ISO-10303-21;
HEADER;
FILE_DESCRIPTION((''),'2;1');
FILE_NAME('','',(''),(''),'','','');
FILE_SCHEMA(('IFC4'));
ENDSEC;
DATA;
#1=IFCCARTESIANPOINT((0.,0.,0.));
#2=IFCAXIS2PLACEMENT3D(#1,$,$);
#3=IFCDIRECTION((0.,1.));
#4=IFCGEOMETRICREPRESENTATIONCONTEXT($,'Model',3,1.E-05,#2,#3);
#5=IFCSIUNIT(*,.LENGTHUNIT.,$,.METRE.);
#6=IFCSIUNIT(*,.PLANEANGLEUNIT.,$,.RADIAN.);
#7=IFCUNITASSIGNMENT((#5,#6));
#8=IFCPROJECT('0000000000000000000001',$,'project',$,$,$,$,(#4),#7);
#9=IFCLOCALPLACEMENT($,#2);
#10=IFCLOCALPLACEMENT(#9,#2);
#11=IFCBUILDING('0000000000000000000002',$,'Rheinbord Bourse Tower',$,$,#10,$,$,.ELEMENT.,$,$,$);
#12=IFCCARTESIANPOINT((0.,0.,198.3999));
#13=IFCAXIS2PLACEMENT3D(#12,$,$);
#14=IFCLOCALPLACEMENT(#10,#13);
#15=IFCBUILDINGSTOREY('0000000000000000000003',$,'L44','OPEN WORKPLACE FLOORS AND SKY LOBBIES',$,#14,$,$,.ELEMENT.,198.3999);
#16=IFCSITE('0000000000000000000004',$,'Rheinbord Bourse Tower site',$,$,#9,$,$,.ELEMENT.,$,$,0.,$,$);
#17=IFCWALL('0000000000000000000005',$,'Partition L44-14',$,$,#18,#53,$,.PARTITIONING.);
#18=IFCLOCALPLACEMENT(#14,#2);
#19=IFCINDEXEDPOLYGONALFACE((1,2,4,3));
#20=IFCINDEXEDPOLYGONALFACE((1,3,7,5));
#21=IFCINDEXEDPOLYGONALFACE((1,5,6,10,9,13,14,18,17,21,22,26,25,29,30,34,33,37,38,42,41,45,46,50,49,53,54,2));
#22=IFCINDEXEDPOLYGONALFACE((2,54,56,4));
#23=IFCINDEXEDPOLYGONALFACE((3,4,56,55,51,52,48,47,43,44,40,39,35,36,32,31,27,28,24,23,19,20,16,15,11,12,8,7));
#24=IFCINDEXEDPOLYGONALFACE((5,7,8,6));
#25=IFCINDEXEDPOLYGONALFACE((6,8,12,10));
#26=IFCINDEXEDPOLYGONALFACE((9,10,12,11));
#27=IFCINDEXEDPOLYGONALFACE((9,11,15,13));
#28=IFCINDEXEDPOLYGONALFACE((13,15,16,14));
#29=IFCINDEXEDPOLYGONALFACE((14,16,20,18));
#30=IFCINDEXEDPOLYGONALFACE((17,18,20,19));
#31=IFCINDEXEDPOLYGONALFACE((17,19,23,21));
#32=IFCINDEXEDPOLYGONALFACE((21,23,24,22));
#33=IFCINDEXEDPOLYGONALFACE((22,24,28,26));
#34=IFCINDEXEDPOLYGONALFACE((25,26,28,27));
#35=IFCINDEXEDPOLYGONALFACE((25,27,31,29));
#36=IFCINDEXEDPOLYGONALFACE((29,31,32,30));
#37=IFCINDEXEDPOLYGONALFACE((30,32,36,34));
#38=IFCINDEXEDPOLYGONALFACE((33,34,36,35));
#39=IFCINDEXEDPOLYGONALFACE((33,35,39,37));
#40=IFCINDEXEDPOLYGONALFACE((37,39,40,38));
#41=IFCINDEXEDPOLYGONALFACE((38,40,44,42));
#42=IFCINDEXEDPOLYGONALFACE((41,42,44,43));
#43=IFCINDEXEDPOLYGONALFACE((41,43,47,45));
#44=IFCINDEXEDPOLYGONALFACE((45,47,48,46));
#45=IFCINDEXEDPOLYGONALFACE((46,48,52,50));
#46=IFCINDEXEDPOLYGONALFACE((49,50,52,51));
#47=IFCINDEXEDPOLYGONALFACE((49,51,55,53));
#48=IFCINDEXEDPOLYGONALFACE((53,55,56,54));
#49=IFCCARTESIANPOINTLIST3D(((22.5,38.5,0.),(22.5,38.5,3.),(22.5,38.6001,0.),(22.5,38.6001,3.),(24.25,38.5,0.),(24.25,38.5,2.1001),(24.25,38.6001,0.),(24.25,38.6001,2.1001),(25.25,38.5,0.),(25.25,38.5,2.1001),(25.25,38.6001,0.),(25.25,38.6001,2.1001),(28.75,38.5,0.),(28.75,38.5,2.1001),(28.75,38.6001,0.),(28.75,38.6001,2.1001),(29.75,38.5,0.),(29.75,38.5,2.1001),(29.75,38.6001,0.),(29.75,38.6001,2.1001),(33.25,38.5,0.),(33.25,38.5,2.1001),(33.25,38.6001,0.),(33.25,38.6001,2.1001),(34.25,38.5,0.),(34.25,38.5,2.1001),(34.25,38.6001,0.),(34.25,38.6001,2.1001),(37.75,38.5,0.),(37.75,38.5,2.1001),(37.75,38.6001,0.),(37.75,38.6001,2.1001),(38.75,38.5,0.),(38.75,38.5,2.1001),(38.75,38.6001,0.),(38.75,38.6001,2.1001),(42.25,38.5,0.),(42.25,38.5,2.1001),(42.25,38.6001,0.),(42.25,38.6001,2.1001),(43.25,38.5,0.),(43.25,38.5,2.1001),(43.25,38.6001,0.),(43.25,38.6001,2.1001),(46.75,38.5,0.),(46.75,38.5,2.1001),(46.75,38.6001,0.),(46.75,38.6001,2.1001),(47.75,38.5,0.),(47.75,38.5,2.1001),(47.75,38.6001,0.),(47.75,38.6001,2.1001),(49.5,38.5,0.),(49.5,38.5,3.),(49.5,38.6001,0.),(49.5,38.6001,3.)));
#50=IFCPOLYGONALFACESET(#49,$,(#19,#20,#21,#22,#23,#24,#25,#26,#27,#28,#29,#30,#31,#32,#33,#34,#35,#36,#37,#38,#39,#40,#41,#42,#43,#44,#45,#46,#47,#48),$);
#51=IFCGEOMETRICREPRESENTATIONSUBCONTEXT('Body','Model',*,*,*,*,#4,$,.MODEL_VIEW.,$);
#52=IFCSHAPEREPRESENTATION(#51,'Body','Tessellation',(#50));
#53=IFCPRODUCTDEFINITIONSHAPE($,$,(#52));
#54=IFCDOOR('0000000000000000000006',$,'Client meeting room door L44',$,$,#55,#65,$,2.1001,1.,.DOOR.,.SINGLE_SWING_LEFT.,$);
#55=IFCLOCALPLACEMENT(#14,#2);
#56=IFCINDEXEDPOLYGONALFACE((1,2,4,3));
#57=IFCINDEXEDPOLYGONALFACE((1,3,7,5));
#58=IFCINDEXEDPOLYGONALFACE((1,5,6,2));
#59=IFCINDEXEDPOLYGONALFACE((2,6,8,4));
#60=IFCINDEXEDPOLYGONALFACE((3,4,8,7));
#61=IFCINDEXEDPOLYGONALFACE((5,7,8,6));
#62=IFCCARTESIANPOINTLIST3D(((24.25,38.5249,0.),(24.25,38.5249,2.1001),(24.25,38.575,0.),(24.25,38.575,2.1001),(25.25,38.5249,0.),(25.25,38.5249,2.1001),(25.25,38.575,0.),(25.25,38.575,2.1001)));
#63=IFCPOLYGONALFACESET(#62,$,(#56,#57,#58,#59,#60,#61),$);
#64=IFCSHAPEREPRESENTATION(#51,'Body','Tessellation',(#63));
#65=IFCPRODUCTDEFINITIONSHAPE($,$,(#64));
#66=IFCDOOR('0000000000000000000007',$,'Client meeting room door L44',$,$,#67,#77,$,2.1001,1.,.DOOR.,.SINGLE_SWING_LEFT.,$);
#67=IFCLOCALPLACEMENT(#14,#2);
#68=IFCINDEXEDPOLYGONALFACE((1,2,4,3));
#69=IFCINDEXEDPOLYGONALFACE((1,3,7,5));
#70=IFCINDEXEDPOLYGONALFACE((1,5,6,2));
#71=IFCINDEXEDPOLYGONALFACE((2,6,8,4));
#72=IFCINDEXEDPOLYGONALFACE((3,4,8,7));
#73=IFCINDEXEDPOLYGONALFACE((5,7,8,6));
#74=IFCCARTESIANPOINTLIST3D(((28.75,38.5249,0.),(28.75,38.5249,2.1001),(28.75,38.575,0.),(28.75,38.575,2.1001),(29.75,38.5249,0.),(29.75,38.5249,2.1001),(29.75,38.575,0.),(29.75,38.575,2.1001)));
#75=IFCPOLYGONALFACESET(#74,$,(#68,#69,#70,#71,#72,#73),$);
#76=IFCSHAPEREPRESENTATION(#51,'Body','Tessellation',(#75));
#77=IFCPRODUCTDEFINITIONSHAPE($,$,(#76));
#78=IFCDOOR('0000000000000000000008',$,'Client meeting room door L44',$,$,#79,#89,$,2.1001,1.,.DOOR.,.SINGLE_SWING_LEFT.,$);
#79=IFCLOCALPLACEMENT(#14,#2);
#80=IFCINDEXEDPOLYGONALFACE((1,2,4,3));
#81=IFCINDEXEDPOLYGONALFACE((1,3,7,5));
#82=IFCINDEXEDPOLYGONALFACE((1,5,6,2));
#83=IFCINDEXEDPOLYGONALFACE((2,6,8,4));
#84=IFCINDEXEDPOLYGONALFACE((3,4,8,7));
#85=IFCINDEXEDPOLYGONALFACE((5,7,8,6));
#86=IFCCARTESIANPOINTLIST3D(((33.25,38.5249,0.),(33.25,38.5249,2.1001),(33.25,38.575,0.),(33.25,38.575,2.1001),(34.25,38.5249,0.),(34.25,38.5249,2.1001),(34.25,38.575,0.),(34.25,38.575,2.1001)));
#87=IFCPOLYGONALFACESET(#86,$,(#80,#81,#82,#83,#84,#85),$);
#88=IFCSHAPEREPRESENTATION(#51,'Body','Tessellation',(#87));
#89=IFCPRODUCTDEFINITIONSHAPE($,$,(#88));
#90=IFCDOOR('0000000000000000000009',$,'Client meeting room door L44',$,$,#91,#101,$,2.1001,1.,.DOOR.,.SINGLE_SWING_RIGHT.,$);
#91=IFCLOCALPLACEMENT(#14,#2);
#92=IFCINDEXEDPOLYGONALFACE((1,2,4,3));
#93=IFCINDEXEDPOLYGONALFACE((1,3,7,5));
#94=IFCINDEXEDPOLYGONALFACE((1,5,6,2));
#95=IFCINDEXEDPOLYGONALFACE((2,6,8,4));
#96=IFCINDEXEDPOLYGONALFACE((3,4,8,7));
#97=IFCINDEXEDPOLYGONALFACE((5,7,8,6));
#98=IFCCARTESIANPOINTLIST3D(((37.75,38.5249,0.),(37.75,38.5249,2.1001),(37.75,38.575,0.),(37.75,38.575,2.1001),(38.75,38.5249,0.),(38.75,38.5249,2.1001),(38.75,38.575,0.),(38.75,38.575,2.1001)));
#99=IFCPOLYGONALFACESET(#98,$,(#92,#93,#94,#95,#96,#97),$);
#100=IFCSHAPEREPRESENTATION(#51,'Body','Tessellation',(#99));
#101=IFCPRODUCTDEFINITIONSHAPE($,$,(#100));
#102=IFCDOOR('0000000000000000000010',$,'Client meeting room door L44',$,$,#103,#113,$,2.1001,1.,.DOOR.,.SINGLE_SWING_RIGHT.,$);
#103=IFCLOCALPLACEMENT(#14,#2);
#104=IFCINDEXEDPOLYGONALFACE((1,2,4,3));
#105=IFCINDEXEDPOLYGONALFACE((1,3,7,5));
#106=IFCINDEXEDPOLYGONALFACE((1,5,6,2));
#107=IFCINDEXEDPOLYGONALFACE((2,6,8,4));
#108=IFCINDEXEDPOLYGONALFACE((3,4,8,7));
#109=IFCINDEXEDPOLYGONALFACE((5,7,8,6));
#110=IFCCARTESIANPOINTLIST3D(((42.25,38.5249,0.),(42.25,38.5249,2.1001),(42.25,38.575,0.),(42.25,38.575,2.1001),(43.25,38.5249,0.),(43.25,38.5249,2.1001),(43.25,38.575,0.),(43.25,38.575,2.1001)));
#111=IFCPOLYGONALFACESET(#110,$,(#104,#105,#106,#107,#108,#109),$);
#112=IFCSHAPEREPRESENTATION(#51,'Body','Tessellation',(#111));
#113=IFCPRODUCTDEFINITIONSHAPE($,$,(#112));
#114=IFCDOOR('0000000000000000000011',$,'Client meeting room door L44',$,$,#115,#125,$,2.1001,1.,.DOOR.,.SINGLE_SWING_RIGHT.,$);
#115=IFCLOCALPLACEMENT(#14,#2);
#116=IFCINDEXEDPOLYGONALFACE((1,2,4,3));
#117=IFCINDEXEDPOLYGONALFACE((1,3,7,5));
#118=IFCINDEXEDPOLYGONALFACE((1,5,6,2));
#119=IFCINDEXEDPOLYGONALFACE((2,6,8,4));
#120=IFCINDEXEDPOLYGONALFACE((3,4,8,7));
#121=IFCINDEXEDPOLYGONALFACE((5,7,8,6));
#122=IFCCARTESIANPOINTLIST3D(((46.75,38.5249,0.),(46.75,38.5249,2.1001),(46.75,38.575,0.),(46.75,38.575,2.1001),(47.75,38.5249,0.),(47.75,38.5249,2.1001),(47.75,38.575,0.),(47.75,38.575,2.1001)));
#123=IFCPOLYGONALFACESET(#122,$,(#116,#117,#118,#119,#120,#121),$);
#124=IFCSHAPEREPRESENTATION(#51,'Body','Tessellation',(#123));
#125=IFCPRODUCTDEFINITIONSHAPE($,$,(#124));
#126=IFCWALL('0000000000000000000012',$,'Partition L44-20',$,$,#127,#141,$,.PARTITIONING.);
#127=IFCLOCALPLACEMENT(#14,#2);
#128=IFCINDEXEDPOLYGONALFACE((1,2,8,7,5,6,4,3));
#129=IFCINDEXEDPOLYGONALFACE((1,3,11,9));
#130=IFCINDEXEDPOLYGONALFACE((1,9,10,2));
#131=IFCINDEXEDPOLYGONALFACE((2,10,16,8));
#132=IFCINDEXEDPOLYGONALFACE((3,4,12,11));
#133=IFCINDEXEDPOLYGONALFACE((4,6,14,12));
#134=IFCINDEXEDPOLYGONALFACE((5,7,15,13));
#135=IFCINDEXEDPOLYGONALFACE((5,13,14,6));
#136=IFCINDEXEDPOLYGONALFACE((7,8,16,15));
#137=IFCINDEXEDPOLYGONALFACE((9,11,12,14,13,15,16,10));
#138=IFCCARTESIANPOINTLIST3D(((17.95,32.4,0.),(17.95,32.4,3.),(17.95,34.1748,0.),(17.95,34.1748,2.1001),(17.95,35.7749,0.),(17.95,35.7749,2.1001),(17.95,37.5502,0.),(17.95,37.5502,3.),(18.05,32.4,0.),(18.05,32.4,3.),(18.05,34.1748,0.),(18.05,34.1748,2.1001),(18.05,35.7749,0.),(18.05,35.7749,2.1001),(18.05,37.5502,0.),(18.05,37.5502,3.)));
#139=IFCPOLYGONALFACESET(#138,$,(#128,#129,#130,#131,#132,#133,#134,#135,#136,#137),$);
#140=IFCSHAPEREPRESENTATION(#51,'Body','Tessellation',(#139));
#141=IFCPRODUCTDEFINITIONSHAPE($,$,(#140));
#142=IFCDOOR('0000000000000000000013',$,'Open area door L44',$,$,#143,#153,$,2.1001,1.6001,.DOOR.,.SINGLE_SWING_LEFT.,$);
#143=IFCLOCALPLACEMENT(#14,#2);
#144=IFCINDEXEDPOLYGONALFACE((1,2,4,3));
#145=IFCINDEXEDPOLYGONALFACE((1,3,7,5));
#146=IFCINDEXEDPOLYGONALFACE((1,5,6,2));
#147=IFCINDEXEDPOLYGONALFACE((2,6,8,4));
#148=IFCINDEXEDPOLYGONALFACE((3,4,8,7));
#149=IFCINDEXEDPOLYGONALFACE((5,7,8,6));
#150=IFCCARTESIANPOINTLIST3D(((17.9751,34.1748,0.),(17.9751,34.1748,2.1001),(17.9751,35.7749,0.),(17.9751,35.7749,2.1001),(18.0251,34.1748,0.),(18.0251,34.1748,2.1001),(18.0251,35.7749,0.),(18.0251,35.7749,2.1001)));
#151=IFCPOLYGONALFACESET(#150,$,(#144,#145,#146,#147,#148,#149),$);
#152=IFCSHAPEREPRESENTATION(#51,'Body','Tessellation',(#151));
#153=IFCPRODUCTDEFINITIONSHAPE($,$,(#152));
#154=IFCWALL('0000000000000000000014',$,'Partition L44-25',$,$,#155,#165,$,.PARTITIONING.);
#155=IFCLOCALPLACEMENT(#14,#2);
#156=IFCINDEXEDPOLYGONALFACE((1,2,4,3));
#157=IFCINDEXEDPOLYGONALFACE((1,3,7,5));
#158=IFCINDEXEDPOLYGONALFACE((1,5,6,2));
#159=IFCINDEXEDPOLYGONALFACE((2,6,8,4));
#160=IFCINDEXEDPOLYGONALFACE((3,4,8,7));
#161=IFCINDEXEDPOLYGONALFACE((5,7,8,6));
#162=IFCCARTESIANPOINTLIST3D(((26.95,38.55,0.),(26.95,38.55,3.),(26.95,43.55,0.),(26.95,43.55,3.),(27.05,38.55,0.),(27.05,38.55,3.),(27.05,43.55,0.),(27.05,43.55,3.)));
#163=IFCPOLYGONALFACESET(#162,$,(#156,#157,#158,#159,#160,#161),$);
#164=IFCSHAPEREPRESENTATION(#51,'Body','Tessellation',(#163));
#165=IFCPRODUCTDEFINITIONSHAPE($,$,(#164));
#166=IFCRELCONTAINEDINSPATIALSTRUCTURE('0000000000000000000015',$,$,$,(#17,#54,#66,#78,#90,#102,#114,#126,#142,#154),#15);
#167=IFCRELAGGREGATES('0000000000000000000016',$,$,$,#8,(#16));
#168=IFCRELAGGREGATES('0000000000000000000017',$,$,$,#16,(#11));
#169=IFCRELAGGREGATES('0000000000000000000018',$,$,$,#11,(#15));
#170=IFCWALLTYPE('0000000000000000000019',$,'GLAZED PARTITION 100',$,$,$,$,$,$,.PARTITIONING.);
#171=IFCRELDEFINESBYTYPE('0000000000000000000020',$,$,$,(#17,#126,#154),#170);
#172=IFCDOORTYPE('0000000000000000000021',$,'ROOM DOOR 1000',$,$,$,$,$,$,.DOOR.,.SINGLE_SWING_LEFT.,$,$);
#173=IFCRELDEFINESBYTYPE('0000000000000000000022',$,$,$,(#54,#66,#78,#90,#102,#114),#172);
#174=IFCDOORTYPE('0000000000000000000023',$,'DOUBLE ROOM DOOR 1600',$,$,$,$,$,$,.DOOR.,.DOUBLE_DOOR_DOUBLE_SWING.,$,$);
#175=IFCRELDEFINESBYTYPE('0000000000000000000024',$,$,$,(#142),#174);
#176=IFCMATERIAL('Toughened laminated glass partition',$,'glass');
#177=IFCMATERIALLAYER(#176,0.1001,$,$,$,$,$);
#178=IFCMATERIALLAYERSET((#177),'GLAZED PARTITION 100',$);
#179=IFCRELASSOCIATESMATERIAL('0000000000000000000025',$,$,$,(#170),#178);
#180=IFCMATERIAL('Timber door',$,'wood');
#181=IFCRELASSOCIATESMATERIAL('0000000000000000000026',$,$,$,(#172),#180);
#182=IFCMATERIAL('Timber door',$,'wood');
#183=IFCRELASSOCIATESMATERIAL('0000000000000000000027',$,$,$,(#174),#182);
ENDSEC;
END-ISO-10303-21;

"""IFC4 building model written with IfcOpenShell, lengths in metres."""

from ifc_helpers import new_model, si_unit, direction, frame, frame_2d, origin, place, context, subcontext, project, spatial, rectangle, extrude, material, layer, layer_set, type_object, element, fill, save


model = new_model("IFC4")

# Units and contexts
model_context = context("Model", 3, precision=1e-05, world=origin(), true_north=direction((0.0, 1.0)))
body_context = subcontext(model_context, "Body", "Model", "MODEL_VIEW")
ifc_project = project(units=[si_unit("LENGTHUNIT", "METRE"), si_unit("PLANEANGLEUNIT", "RADIAN")], contexts=[model_context])

# Site, building, storey
site_placement = place(None, origin())
site = spatial("IfcSite", under=ifc_project, at=site_placement, Name="Rheinbord Bourse Tower site", CompositionType="ELEMENT", RefElevation=0.0)
building_placement = place(site_placement, origin())
building = spatial("IfcBuilding", under=site, at=building_placement, Name="Rheinbord Bourse Tower", CompositionType="ELEMENT")
storey_placement = place(building_placement, frame((0.0, 0.0, 198.3999)))
storey = spatial("IfcBuildingStorey", under=building, at=storey_placement, Name="L44", Description="OPEN WORKPLACE FLOORS AND SKY LOBBIES", CompositionType="ELEMENT", Elevation=198.3999)

# Wall, openings, doors
ifc_material_1 = material(Name="Toughened laminated glass partition", Category="glass")
ifc_layer_1 = layer(ifc_material_1, 0.1001)
ifc_layer_set_1 = layer_set([ifc_layer_1], Name="GLAZED PARTITION 100")
wall_type_1 = type_object("IfcWallType", Name="GLAZED PARTITION 100", PredefinedType="PARTITIONING", material=ifc_layer_set_1)
wall_1_placement = place(storey_placement, frame((22.5, 38.55, 0.0), z_axis=(0.0, 0.0, 1.0), x_axis=(1.0, 0.0, 0.0)))
wall_1 = element("IfcWall", 1, at=wall_1_placement, inside=storey, type_object=wall_type_1, Name="Partition L44-14", PredefinedType="PARTITIONING", context=body_context, shape_type="SweptSolid", body=[
    extrude(rectangle(XDim=27.0, YDim=0.1001, at=frame_2d((13.5, 0.0))), origin(), (0.0, 0.0, 1.0), 3.0),
])
opening_1_placement = place(wall_1_placement, frame((1.75, 0.0, 0.0)))
opening_1 = element("IfcOpeningElement", 2, at=opening_1_placement, cuts=wall_1, PredefinedType="OPENING", context=body_context, shape_type="SweptSolid", body=[
    extrude(rectangle(XDim=1.0, YDim=2.1001, at=frame_2d((0.5, 1.05))), frame((0.0, 0.0601, 0.0), z_axis=(0.0, -1.0, 0.0), x_axis=(1.0, 0.0, 0.0)), (0.0, 0.0, 1.0), 0.1201),
])
opening_2_placement = place(wall_1_placement, frame((6.25, 0.0, 0.0)))
opening_2 = element("IfcOpeningElement", 3, at=opening_2_placement, cuts=wall_1, PredefinedType="OPENING", context=body_context, shape_type="SweptSolid", body=[
    extrude(rectangle(XDim=1.0, YDim=2.1001, at=frame_2d((0.5, 1.05))), frame((0.0, 0.0601, 0.0), z_axis=(0.0, -1.0, 0.0), x_axis=(1.0, 0.0, 0.0)), (0.0, 0.0, 1.0), 0.1201),
])
opening_3_placement = place(wall_1_placement, frame((10.75, 0.0, 0.0)))
opening_3 = element("IfcOpeningElement", 4, at=opening_3_placement, cuts=wall_1, PredefinedType="OPENING", context=body_context, shape_type="SweptSolid", body=[
    extrude(rectangle(XDim=1.0, YDim=2.1001, at=frame_2d((0.5, 1.05))), frame((0.0, 0.0601, 0.0), z_axis=(0.0, -1.0, 0.0), x_axis=(1.0, 0.0, 0.0)), (0.0, 0.0, 1.0), 0.1201),
])
opening_4_placement = place(wall_1_placement, frame((15.25, 0.0, 0.0)))
opening_4 = element("IfcOpeningElement", 5, at=opening_4_placement, cuts=wall_1, PredefinedType="OPENING", context=body_context, shape_type="SweptSolid", body=[
    extrude(rectangle(XDim=1.0, YDim=2.1001, at=frame_2d((0.5, 1.05))), frame((0.0, 0.0601, 0.0), z_axis=(0.0, -1.0, 0.0), x_axis=(1.0, 0.0, 0.0)), (0.0, 0.0, 1.0), 0.1201),
])
opening_5_placement = place(wall_1_placement, frame((19.75, 0.0, 0.0)))
opening_5 = element("IfcOpeningElement", 6, at=opening_5_placement, cuts=wall_1, PredefinedType="OPENING", context=body_context, shape_type="SweptSolid", body=[
    extrude(rectangle(XDim=1.0, YDim=2.1001, at=frame_2d((0.5, 1.05))), frame((0.0, 0.0601, 0.0), z_axis=(0.0, -1.0, 0.0), x_axis=(1.0, 0.0, 0.0)), (0.0, 0.0, 1.0), 0.1201),
])
opening_6_placement = place(wall_1_placement, frame((24.25, 0.0, 0.0)))
opening_6 = element("IfcOpeningElement", 7, at=opening_6_placement, cuts=wall_1, PredefinedType="OPENING", context=body_context, shape_type="SweptSolid", body=[
    extrude(rectangle(XDim=1.0, YDim=2.1001, at=frame_2d((0.5, 1.05))), frame((0.0, 0.0601, 0.0), z_axis=(0.0, -1.0, 0.0), x_axis=(1.0, 0.0, 0.0)), (0.0, 0.0, 1.0), 0.1201),
])
ifc_material_2 = material(Name="Timber door", Category="wood")
door_type_1 = type_object("IfcDoorType", Name="ROOM DOOR 1000", OperationType="SINGLE_SWING_LEFT", PredefinedType="DOOR", material=ifc_material_2)
door_1_placement = place(opening_1_placement, origin())
door_1 = element("IfcDoor", 8, at=door_1_placement, inside=storey, type_object=door_type_1, Name="Client meeting room door L44", OperationType="SINGLE_SWING_LEFT", OverallHeight=2.1001, OverallWidth=1.0, PredefinedType="DOOR", context=body_context, shape_type="SweptSolid", body=[
    extrude(rectangle(XDim=1.0, YDim=2.1001, at=frame_2d((0.5, 1.05))), frame((0.0, 0.0249, 0.0), z_axis=(0.0, -1.0, 0.0), x_axis=(1.0, 0.0, 0.0)), (0.0, 0.0, 1.0), 0.05),
])
fill(opening_1, door_1)
door_2_placement = place(opening_2_placement, origin())
door_2 = element("IfcDoor", 9, at=door_2_placement, inside=storey, type_object=door_type_1, Name="Client meeting room door L44", OperationType="SINGLE_SWING_LEFT", OverallHeight=2.1001, OverallWidth=1.0, PredefinedType="DOOR", context=body_context, shape_type="SweptSolid", body=[
    extrude(rectangle(XDim=1.0, YDim=2.1001, at=frame_2d((0.5, 1.05))), frame((0.0, 0.0249, 0.0), z_axis=(0.0, -1.0, 0.0), x_axis=(1.0, 0.0, 0.0)), (0.0, 0.0, 1.0), 0.05),
])
fill(opening_2, door_2)
door_3_placement = place(opening_3_placement, origin())
door_3 = element("IfcDoor", 10, at=door_3_placement, inside=storey, type_object=door_type_1, Name="Client meeting room door L44", OperationType="SINGLE_SWING_LEFT", OverallHeight=2.1001, OverallWidth=1.0, PredefinedType="DOOR", context=body_context, shape_type="SweptSolid", body=[
    extrude(rectangle(XDim=1.0, YDim=2.1001, at=frame_2d((0.5, 1.05))), frame((0.0, 0.0249, 0.0), z_axis=(0.0, -1.0, 0.0), x_axis=(1.0, 0.0, 0.0)), (0.0, 0.0, 1.0), 0.05),
])
fill(opening_3, door_3)
door_4_placement = place(opening_4_placement, origin())
door_4 = element("IfcDoor", 11, at=door_4_placement, inside=storey, type_object=door_type_1, Name="Client meeting room door L44", OperationType="SINGLE_SWING_RIGHT", OverallHeight=2.1001, OverallWidth=1.0, PredefinedType="DOOR", context=body_context, shape_type="SweptSolid", body=[
    extrude(rectangle(XDim=1.0, YDim=2.1001, at=frame_2d((0.5, 1.05))), frame((0.0, 0.0249, 0.0), z_axis=(0.0, -1.0, 0.0), x_axis=(1.0, 0.0, 0.0)), (0.0, 0.0, 1.0), 0.05),
])
fill(opening_4, door_4)
door_5_placement = place(opening_5_placement, origin())
door_5 = element("IfcDoor", 12, at=door_5_placement, inside=storey, type_object=door_type_1, Name="Client meeting room door L44", OperationType="SINGLE_SWING_RIGHT", OverallHeight=2.1001, OverallWidth=1.0, PredefinedType="DOOR", context=body_context, shape_type="SweptSolid", body=[
    extrude(rectangle(XDim=1.0, YDim=2.1001, at=frame_2d((0.5, 1.05))), frame((0.0, 0.0249, 0.0), z_axis=(0.0, -1.0, 0.0), x_axis=(1.0, 0.0, 0.0)), (0.0, 0.0, 1.0), 0.05),
])
fill(opening_5, door_5)
door_6_placement = place(opening_6_placement, origin())
door_6 = element("IfcDoor", 13, at=door_6_placement, inside=storey, type_object=door_type_1, Name="Client meeting room door L44", OperationType="SINGLE_SWING_RIGHT", OverallHeight=2.1001, OverallWidth=1.0, PredefinedType="DOOR", context=body_context, shape_type="SweptSolid", body=[
    extrude(rectangle(XDim=1.0, YDim=2.1001, at=frame_2d((0.5, 1.05))), frame((0.0, 0.0249, 0.0), z_axis=(0.0, -1.0, 0.0), x_axis=(1.0, 0.0, 0.0)), (0.0, 0.0, 1.0), 0.05),
])
fill(opening_6, door_6)

# Wall, opening, door
wall_2_placement = place(storey_placement, frame((18.0, 32.3999, 0.0), z_axis=(0.0, 0.0, 1.0), x_axis=(0.0, 1.0, 0.0)))
wall_2 = element("IfcWall", 14, at=wall_2_placement, inside=storey, type_object=wall_type_1, Name="Partition L44-20", PredefinedType="PARTITIONING", context=body_context, shape_type="SweptSolid", body=[
    extrude(rectangle(XDim=5.1501, YDim=0.1001, at=frame_2d((2.5752, 0.0))), origin(), (0.0, 0.0, 1.0), 3.0),
])
opening_7_placement = place(wall_2_placement, frame((1.7749, 0.0, 0.0)))
opening_7 = element("IfcOpeningElement", 15, at=opening_7_placement, cuts=wall_2, PredefinedType="OPENING", context=body_context, shape_type="SweptSolid", body=[
    extrude(rectangle(XDim=1.6001, YDim=2.1001, at=frame_2d((0.8, 1.05))), frame((0.0, 0.0601, 0.0), z_axis=(0.0, -1.0, 0.0), x_axis=(1.0, 0.0, 0.0)), (0.0, 0.0, 1.0), 0.1201),
])
ifc_material_3 = material(Name="Timber door", Category="wood")
door_type_2 = type_object("IfcDoorType", Name="DOUBLE ROOM DOOR 1600", OperationType="DOUBLE_DOOR_DOUBLE_SWING", PredefinedType="DOOR", material=ifc_material_3)
door_7_placement = place(opening_7_placement, origin())
door_7 = element("IfcDoor", 16, at=door_7_placement, inside=storey, type_object=door_type_2, Name="Open area door L44", OperationType="SINGLE_SWING_LEFT", OverallHeight=2.1001, OverallWidth=1.6001, PredefinedType="DOOR", context=body_context, shape_type="SweptSolid", body=[
    extrude(rectangle(XDim=1.6001, YDim=2.1001, at=frame_2d((0.8, 1.05))), frame((0.0, 0.0249, 0.0), z_axis=(0.0, -1.0, 0.0), x_axis=(1.0, 0.0, 0.0)), (0.0, 0.0, 1.0), 0.05),
])
fill(opening_7, door_7)

# Wall
for number, where, z_axis, x_axis, name in (
    (17, (27.0, 38.55, 0.0), (0.0, 0.0, 1.0), (0.0, 1.0, 0.0), "Partition L44-25"),
):
    element("IfcWall", number, at=place(storey_placement, frame(where, z_axis=z_axis, x_axis=x_axis)), inside=storey, type_object=wall_type_1, Name=name, PredefinedType="PARTITIONING", context=body_context, shape_type="SweptSolid", body=[
        extrude(rectangle(XDim=5.0, YDim=0.1001, at=frame_2d((2.5, 0.0))), origin(), (0.0, 0.0, 1.0), 3.0),
    ])

save(model, "model.ifc")
